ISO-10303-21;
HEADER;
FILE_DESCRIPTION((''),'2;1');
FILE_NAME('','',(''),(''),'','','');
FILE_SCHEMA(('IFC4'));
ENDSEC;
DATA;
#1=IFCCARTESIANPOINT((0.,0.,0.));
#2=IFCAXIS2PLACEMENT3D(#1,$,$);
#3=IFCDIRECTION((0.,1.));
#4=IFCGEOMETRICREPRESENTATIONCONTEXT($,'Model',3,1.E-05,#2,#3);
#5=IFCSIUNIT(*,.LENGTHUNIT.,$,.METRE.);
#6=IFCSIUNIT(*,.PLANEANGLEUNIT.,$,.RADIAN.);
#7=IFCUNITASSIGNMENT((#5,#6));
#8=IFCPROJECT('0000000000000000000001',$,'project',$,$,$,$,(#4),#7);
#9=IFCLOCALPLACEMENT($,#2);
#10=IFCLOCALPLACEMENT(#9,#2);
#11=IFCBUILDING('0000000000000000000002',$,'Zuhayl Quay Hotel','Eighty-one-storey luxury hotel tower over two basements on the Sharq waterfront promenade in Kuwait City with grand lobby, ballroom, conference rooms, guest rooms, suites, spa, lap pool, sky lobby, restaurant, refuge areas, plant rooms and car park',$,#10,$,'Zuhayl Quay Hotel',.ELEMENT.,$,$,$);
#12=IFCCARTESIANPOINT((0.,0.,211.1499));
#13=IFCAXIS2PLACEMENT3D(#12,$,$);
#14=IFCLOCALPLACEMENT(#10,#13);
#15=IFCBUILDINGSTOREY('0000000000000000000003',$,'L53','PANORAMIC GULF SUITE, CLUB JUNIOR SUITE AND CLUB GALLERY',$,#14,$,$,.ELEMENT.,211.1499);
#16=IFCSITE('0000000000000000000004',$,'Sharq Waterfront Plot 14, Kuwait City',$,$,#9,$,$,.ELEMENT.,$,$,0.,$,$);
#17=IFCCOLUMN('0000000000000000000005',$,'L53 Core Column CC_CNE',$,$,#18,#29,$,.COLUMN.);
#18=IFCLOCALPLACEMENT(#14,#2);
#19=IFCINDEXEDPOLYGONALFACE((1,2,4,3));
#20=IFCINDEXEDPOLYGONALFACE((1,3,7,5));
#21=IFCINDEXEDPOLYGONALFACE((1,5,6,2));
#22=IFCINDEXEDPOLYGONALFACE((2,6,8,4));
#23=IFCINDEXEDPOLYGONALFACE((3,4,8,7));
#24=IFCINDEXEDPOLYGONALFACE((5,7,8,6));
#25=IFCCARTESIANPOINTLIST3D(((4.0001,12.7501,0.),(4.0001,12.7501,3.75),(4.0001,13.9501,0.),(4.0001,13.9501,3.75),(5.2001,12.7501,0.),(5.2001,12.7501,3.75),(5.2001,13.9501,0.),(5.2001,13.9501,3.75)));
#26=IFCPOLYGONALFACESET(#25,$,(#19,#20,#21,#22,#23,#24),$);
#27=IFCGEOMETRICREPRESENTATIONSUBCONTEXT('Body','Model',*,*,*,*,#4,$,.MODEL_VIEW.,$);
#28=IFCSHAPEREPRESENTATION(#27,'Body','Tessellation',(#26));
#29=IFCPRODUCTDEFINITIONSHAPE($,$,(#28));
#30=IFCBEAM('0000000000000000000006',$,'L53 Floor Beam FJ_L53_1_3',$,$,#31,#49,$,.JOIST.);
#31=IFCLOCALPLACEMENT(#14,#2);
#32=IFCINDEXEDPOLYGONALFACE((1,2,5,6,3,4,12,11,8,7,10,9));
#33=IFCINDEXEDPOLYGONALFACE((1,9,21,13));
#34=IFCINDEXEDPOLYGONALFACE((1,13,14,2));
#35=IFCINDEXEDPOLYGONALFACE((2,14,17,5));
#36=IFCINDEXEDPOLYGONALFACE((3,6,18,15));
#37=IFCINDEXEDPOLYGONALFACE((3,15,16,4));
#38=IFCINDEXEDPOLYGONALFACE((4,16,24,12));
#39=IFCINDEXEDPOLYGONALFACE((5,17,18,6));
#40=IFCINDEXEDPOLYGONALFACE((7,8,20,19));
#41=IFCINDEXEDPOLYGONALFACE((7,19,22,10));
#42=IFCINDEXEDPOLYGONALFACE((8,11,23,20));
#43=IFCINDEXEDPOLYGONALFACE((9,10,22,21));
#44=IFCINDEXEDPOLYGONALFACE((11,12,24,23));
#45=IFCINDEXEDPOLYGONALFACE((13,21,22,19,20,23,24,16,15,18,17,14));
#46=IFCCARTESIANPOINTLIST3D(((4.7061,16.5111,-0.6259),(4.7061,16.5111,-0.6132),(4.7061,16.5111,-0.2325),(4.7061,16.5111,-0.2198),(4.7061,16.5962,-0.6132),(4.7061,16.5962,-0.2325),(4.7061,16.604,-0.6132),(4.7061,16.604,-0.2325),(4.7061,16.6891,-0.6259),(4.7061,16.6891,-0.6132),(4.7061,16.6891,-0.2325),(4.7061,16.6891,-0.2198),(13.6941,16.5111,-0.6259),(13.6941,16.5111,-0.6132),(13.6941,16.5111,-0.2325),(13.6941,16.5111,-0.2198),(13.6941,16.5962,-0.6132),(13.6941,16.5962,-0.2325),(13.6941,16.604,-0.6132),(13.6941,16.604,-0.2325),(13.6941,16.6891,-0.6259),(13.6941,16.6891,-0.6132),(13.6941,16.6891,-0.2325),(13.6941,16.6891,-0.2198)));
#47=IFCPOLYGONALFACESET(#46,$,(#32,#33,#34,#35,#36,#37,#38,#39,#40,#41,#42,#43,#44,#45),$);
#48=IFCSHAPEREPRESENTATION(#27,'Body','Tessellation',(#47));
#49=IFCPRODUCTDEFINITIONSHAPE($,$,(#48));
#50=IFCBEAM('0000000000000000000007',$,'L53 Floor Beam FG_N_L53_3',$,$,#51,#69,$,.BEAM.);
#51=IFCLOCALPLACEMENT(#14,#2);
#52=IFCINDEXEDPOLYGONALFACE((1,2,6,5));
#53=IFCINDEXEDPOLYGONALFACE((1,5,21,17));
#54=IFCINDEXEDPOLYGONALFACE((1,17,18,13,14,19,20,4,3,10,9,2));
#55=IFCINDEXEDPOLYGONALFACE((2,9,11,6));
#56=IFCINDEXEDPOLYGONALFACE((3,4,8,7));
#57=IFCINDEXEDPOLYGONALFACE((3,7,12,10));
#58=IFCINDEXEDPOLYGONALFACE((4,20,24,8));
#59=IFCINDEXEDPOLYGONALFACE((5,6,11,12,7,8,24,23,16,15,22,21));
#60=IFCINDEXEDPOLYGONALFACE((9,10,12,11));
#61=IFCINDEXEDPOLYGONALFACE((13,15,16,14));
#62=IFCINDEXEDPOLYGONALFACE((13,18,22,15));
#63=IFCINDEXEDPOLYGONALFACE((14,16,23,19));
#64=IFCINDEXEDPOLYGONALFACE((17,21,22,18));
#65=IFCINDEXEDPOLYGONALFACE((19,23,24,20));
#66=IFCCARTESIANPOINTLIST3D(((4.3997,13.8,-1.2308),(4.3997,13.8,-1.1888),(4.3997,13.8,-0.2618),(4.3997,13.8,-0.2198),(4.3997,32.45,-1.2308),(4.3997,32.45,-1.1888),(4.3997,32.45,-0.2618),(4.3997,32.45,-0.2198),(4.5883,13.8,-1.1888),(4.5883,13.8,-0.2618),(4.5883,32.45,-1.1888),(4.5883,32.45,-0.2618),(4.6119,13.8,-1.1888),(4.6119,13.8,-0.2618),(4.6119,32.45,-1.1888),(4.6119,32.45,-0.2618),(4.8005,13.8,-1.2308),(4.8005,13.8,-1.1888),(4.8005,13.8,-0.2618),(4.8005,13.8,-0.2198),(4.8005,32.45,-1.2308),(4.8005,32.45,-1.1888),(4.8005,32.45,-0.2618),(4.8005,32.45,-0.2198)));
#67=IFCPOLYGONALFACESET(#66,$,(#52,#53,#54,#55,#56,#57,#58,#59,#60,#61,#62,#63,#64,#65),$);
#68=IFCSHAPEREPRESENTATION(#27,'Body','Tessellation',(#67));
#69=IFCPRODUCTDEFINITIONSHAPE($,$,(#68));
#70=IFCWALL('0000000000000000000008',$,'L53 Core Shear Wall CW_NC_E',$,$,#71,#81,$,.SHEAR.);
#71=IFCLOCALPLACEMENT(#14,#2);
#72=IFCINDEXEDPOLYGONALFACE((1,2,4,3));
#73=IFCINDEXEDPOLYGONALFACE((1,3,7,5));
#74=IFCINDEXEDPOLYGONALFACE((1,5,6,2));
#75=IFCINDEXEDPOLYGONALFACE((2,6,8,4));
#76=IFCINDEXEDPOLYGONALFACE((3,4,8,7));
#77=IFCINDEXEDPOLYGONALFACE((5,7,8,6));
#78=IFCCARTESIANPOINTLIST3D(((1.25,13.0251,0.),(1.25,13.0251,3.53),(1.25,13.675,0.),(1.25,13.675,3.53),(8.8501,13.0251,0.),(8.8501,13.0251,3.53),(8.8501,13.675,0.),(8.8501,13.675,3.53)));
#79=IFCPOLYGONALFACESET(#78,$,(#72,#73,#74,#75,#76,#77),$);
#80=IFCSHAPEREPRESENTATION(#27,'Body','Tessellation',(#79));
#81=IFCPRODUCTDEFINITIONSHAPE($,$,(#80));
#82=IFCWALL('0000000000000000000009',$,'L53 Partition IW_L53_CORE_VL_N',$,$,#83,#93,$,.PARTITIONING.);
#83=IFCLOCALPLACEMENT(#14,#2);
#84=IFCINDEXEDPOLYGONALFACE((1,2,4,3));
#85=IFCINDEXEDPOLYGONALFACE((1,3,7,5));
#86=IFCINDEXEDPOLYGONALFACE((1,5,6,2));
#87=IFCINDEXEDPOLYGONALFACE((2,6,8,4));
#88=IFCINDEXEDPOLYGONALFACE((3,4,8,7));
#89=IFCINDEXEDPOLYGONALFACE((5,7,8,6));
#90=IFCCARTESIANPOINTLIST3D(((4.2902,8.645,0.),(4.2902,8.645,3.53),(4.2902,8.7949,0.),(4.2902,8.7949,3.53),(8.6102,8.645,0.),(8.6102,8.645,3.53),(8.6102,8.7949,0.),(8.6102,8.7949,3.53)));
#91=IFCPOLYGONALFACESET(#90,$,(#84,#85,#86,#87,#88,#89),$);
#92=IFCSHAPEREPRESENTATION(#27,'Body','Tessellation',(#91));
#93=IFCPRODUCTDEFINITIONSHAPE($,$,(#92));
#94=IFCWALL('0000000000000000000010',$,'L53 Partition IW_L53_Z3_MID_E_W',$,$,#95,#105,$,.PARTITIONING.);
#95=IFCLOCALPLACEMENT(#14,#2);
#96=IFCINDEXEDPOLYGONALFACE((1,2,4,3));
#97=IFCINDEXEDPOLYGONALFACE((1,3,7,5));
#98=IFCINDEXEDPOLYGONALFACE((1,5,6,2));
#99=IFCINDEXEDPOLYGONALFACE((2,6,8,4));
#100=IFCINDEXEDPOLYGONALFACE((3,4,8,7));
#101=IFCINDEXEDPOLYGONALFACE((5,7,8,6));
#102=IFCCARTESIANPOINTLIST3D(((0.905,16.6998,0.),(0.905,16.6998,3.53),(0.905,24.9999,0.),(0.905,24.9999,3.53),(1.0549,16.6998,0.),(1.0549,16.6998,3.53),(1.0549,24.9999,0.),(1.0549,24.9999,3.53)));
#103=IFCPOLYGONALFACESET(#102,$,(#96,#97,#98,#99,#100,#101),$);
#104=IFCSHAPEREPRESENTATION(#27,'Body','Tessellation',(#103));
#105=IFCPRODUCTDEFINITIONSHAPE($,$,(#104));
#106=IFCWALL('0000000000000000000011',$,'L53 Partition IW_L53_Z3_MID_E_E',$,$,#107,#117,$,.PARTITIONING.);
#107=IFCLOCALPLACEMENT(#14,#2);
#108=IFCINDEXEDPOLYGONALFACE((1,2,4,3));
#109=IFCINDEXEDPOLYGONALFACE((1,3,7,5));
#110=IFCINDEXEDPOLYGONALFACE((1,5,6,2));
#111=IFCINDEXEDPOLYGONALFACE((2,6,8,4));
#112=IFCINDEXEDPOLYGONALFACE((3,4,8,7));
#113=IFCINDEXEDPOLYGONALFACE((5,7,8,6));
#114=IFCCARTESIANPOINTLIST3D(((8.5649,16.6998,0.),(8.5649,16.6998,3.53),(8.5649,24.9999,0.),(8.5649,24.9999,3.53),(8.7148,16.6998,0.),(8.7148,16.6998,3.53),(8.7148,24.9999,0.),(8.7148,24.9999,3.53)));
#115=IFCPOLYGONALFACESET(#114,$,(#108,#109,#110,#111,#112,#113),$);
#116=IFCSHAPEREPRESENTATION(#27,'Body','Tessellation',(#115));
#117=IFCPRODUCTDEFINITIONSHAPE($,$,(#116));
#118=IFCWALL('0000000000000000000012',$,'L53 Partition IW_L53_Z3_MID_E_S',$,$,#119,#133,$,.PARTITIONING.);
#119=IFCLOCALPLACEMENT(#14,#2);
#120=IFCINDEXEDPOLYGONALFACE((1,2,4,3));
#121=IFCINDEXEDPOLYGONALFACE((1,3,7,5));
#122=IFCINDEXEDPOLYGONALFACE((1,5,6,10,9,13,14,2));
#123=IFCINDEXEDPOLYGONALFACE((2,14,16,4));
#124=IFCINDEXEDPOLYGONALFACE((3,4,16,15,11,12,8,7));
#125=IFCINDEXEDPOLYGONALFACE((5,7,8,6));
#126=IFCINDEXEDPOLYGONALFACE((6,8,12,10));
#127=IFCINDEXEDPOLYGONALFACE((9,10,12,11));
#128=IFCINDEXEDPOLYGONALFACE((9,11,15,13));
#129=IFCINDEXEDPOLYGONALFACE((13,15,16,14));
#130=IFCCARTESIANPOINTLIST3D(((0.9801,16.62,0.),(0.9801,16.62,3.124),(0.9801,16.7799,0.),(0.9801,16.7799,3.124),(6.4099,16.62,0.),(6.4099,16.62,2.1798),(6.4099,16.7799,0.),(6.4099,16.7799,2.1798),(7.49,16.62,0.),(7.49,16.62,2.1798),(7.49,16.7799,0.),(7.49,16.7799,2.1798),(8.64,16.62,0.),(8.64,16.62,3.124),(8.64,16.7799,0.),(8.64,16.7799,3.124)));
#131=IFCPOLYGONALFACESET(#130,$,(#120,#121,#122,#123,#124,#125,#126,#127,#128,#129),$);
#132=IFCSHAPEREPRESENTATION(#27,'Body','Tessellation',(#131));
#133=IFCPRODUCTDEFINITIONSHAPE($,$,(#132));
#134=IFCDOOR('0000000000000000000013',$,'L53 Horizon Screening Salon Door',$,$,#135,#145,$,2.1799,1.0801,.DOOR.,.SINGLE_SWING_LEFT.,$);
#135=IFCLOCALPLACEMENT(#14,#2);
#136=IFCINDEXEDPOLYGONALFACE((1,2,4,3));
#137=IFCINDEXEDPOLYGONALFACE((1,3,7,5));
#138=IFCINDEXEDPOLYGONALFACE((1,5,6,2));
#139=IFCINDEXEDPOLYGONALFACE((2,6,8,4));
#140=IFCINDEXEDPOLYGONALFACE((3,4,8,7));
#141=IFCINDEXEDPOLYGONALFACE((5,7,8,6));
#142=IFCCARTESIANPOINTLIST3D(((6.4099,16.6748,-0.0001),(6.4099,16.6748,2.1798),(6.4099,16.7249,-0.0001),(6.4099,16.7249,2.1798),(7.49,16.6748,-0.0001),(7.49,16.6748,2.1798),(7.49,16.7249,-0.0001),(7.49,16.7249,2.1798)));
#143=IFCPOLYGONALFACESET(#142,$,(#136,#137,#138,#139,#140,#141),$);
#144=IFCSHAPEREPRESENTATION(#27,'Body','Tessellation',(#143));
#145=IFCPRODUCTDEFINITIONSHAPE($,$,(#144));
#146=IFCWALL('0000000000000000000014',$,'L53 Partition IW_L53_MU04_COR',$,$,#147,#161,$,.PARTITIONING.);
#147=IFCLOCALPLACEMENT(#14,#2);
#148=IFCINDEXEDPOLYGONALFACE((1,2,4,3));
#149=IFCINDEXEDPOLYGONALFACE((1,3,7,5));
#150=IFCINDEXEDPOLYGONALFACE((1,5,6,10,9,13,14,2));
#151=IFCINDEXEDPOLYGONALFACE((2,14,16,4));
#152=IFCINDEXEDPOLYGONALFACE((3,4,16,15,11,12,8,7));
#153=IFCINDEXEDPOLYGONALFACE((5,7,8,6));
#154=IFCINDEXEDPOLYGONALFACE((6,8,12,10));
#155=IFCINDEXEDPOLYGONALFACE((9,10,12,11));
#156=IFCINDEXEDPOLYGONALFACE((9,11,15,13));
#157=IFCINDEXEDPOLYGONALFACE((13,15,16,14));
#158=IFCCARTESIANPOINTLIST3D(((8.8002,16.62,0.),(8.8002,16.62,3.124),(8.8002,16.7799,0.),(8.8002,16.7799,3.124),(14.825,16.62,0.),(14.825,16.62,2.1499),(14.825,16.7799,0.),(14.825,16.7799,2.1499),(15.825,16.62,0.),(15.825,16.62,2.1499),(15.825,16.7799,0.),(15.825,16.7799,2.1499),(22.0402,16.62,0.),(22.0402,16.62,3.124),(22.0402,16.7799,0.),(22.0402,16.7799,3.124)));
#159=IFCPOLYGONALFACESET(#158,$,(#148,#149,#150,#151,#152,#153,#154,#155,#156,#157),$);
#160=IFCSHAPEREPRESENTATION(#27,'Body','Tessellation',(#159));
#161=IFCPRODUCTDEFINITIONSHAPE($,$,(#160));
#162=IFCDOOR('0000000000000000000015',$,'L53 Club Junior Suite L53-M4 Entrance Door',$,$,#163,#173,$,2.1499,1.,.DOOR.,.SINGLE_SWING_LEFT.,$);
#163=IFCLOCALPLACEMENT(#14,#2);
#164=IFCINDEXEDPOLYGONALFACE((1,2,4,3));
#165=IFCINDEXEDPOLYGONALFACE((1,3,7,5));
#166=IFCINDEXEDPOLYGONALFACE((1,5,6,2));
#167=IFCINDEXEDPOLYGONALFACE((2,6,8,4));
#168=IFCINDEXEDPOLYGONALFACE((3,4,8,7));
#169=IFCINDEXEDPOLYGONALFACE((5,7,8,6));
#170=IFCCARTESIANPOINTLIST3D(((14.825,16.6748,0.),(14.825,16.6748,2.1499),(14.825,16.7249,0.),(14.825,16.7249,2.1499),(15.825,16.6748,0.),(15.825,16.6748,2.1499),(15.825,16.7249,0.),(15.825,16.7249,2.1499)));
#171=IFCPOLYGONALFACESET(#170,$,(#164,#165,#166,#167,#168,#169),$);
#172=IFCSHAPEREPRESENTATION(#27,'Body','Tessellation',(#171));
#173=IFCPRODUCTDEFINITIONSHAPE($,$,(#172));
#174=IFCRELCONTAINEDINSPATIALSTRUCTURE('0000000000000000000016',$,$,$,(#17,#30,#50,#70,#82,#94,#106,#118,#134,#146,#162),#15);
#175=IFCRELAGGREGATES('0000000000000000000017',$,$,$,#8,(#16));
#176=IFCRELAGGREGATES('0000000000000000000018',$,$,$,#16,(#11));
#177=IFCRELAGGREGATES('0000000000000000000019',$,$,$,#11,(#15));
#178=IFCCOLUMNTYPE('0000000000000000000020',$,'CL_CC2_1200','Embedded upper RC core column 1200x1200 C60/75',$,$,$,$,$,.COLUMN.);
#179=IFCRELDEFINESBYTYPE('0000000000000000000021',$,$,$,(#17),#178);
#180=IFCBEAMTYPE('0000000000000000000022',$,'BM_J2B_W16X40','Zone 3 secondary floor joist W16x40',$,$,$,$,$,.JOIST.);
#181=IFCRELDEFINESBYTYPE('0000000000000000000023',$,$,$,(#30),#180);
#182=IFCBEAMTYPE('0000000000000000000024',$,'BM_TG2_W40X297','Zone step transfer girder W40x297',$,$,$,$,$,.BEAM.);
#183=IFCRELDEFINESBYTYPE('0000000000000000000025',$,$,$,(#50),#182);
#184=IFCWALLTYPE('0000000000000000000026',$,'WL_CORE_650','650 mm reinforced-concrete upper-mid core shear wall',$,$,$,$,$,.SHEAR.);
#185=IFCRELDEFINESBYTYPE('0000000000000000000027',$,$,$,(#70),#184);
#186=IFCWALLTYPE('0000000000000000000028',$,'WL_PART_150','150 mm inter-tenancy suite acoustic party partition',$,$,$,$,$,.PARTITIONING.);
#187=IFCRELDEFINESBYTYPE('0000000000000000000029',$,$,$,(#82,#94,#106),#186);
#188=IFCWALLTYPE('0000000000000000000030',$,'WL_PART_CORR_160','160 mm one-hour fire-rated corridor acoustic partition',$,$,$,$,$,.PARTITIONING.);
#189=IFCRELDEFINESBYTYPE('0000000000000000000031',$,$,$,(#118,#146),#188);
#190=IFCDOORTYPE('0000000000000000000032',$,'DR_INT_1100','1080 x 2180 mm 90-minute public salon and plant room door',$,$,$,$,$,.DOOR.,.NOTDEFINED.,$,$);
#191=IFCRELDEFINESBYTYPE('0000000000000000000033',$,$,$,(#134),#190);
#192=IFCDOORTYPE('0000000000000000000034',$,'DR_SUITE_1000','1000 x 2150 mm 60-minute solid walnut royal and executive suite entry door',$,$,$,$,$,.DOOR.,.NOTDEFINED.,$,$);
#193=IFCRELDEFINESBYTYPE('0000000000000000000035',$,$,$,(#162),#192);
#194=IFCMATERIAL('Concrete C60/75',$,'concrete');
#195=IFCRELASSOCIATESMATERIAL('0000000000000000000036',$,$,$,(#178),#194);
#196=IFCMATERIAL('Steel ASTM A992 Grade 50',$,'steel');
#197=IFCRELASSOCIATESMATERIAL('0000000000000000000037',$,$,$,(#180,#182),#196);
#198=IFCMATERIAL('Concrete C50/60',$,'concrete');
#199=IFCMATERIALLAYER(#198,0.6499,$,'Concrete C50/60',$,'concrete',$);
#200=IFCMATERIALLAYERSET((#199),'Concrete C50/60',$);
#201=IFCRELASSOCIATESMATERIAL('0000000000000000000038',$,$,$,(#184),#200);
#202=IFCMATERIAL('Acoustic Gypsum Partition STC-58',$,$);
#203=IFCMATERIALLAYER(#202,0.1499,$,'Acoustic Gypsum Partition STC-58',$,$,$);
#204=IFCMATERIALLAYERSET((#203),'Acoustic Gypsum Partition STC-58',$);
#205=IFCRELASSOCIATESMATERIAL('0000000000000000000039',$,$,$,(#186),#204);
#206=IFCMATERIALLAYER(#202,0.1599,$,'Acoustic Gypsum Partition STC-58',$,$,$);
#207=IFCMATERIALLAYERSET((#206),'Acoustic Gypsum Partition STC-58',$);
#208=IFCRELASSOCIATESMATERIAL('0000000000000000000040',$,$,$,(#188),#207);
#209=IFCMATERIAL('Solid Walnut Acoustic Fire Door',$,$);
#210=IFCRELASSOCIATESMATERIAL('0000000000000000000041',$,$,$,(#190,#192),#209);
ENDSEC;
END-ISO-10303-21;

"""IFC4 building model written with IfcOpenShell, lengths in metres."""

from ifc_helpers import new_model, si_unit, direction, frame, frame_2d, origin, origin_2d, place, context, subcontext, project, spatial, rectangle, i_section, extrude, material, layer, layer_set, material_profile, profile_set, type_object, element, fill, save


model = new_model("IFC4")

# Units and contexts
model_context = context("Model", 3, precision=1e-05, world=origin(), true_north=direction((0.0, 1.0)))
body_context = subcontext(model_context, "Body", "Model", "MODEL_VIEW")
ifc_project = project(units=[si_unit("LENGTHUNIT", "METRE"), si_unit("PLANEANGLEUNIT", "RADIAN")], contexts=[model_context])

# Site, building, storey
site_placement = place(None, origin())
site = spatial("IfcSite", under=ifc_project, at=site_placement, Name="Sharq Waterfront Plot 14, Kuwait City", CompositionType="ELEMENT", RefElevation=0.0)
building_placement = place(site_placement, origin())
building = spatial("IfcBuilding", under=site, at=building_placement, Name="Zuhayl Quay Hotel", Description="Eighty-one-storey luxury hotel tower over two basements on the Sharq waterfront promenade in Kuwait City with grand lobby, ballroom, conference rooms, guest rooms, suites, spa, lap pool, sky lobby, restaurant, refuge areas, plant rooms and car park", LongName="Zuhayl Quay Hotel", CompositionType="ELEMENT")
storey_placement = place(building_placement, frame((0.0, 0.0, 211.1499)))
storey = spatial("IfcBuildingStorey", under=building, at=storey_placement, Name="L53", Description="PANORAMIC GULF SUITE, CLUB JUNIOR SUITE AND CLUB GALLERY", CompositionType="ELEMENT", Elevation=211.1499)

# Column
ifc_material_1 = material(Name="Concrete C60/75", Category="concrete")
ifc_material_profile_1 = material_profile(ifc_material_1, rectangle(XDim=1.2, YDim=1.2, at=origin_2d()), Name="RC1200X1200")
ifc_profile_set_1 = profile_set([ifc_material_profile_1], Name="Concrete C60/75")
column_type = type_object("IfcColumnType", Name="CL_CC2_1200", Description="Embedded upper RC core column 1200x1200 C60/75", PredefinedType="COLUMN", material=ifc_profile_set_1)
column_placement = place(storey_placement, frame((4.6001, 13.3501, 0.0), z_axis=(0.0, 0.0, 1.0), x_axis=(1.0, 0.0, 0.0)))
element("IfcColumn", 1, at=column_placement, inside=storey, type_object=column_type, Name="L53 Core Column CC_CNE", PredefinedType="COLUMN", context=body_context, shape_type="SweptSolid", body=[
    extrude(rectangle(XDim=1.2, YDim=1.2, at=origin_2d()), origin(), (0.0, 0.0, 1.0), 3.75),
])

# Beams
ifc_material_2 = material(Name="Steel ASTM A992 Grade 50", Category="steel")
ifc_material_profile_2 = material_profile(ifc_material_2, i_section(OverallWidth=0.178, OverallDepth=0.406, WebThickness=0.0078, FlangeThickness=0.0127, at=origin_2d()), Name="W16X40")
ifc_profile_set_2 = profile_set([ifc_material_profile_2], Name="Steel ASTM A992 Grade 50")
beam_type_1 = type_object("IfcBeamType", Name="BM_J2B_W16X40", Description="Zone 3 secondary floor joist W16x40", PredefinedType="JOIST", material=ifc_profile_set_2)
beam_1_placement = place(storey_placement, frame((4.7061, 16.6001, -0.4229), z_axis=(1.0, 0.0, 0.0), x_axis=(0.0, 1.0, 0.0)))
element("IfcBeam", 2, at=beam_1_placement, inside=storey, type_object=beam_type_1, Name="L53 Floor Beam FJ_L53_1_3", PredefinedType="JOIST", context=body_context, shape_type="SweptSolid", body=[
    extrude(i_section(OverallWidth=0.178, OverallDepth=0.406, WebThickness=0.0078, FlangeThickness=0.0127, at=origin_2d()), origin(), (0.0, 0.0, 1.0), 8.988),
])
ifc_material_profile_3 = material_profile(ifc_material_2, i_section(OverallWidth=0.4009, OverallDepth=1.011, WebThickness=0.0237, FlangeThickness=0.042, at=origin_2d()), Name="W40X297")
ifc_profile_set_3 = profile_set([ifc_material_profile_3], Name="Steel ASTM A992 Grade 50")
beam_type_2 = type_object("IfcBeamType", Name="BM_TG2_W40X297", Description="Zone step transfer girder W40x297", PredefinedType="BEAM", material=ifc_profile_set_3)
beam_2_placement = place(storey_placement, frame((4.6001, 13.8, -0.7253), z_axis=(0.0, 1.0, 0.0), x_axis=(-1.0, 0.0, 0.0)))
element("IfcBeam", 3, at=beam_2_placement, inside=storey, type_object=beam_type_2, Name="L53 Floor Beam FG_N_L53_3", PredefinedType="BEAM", context=body_context, shape_type="SweptSolid", body=[
    extrude(i_section(OverallWidth=0.4009, OverallDepth=1.011, WebThickness=0.0237, FlangeThickness=0.042, at=origin_2d()), origin(), (0.0, 0.0, 1.0), 18.6499),
])

# Walls
ifc_material_3 = material(Name="Concrete C50/60", Category="concrete")
ifc_layer_1 = layer(ifc_material_3, 0.6499, Name="Concrete C50/60", Category="concrete")
ifc_layer_set_1 = layer_set([ifc_layer_1], Name="Concrete C50/60")
wall_type_1 = type_object("IfcWallType", Name="WL_CORE_650", Description="650 mm reinforced-concrete upper-mid core shear wall", PredefinedType="SHEAR", material=ifc_layer_set_1)
wall_1_placement = place(storey_placement, frame((1.25, 13.3501, 0.0), z_axis=(0.0, 0.0, 1.0), x_axis=(1.0, 0.0, 0.0)))
element("IfcWall", 4, at=wall_1_placement, inside=storey, type_object=wall_type_1, Name="L53 Core Shear Wall CW_NC_E", PredefinedType="SHEAR", context=body_context, shape_type="SweptSolid", body=[
    extrude(rectangle(XDim=7.6001, YDim=0.6499, at=frame_2d((3.8, 0.0))), origin(), (0.0, 0.0, 1.0), 3.53),
])
ifc_material_4 = material(Name="Acoustic Gypsum Partition STC-58")
ifc_layer_2 = layer(ifc_material_4, 0.1499, Name="Acoustic Gypsum Partition STC-58")
ifc_layer_set_2 = layer_set([ifc_layer_2], Name="Acoustic Gypsum Partition STC-58")
wall_type_2 = type_object("IfcWallType", Name="WL_PART_150", Description="150 mm inter-tenancy suite acoustic party partition", PredefinedType="PARTITIONING", material=ifc_layer_set_2)
wall_2_placement = place(storey_placement, frame((4.29, 8.72, 0.0), z_axis=(0.0, 0.0, 1.0), x_axis=(1.0, 0.0, 0.0)))
element("IfcWall", 5, at=wall_2_placement, inside=storey, type_object=wall_type_2, Name="L53 Partition IW_L53_CORE_VL_N", PredefinedType="PARTITIONING", context=body_context, shape_type="SweptSolid", body=[
    extrude(rectangle(XDim=4.3201, YDim=0.1499, at=frame_2d((2.1602, 0.0))), origin(), (0.0, 0.0, 1.0), 3.53),
])
for number, where, z_axis, x_axis, name in (
    (6, (0.98, 16.7, 0.0), (0.0, 0.0, 1.0), (0.0, 1.0, 0.0), "L53 Partition IW_L53_Z3_MID_E_W"),
    (7, (8.6399, 16.7, 0.0), (0.0, 0.0, 1.0), (0.0, 1.0, 0.0), "L53 Partition IW_L53_Z3_MID_E_E"),
):
    element("IfcWall", number, at=place(storey_placement, frame(where, z_axis=z_axis, x_axis=x_axis)), inside=storey, type_object=wall_type_2, Name=name, PredefinedType="PARTITIONING", context=body_context, shape_type="SweptSolid", body=[
        extrude(rectangle(XDim=8.3, YDim=0.1499, at=frame_2d((4.1499, 0.0))), origin(), (0.0, 0.0, 1.0), 3.53),
    ])

# Walls, openings, doors
ifc_layer_3 = layer(ifc_material_4, 0.1599, Name="Acoustic Gypsum Partition STC-58")
ifc_layer_set_3 = layer_set([ifc_layer_3], Name="Acoustic Gypsum Partition STC-58")
wall_type_3 = type_object("IfcWallType", Name="WL_PART_CORR_160", Description="160 mm one-hour fire-rated corridor acoustic partition", PredefinedType="PARTITIONING", material=ifc_layer_set_3)
wall_3_placement = place(storey_placement, frame((0.98, 16.7, 0.0), z_axis=(0.0, 0.0, 1.0), x_axis=(1.0, 0.0, 0.0)))
wall_3 = element("IfcWall", 8, at=wall_3_placement, inside=storey, type_object=wall_type_3, Name="L53 Partition IW_L53_Z3_MID_E_S", PredefinedType="PARTITIONING", context=body_context, shape_type="SweptSolid", body=[
    extrude(rectangle(XDim=7.6599, YDim=0.1599, at=frame_2d((3.8301, 0.0))), origin(), (0.0, 0.0, 1.0), 3.124),
])
opening_1_placement = place(wall_3_placement, frame((5.4299, 0.0, 0.0)))
opening_1 = element("IfcOpeningElement", 9, at=opening_1_placement, cuts=wall_3, PredefinedType="OPENING", context=body_context, shape_type="SweptSolid", body=[
    extrude(rectangle(XDim=1.0801, YDim=2.1799, at=frame_2d((0.54, 1.0898))), frame((0.0, 0.0898, 0.0), z_axis=(0.0, -1.0, 0.0), x_axis=(1.0, 0.0, 0.0)), (0.0, 0.0, 1.0), 0.1799),
])
ifc_material_5 = material(Name="Solid Walnut Acoustic Fire Door")
door_type_1 = type_object("IfcDoorType", Name="DR_INT_1100", Description="1080 x 2180 mm 90-minute public salon and plant room door", OperationType="NOTDEFINED", PredefinedType="DOOR", material=ifc_material_5)
door_1_placement = place(opening_1_placement, origin())
door_1 = element("IfcDoor", 10, at=door_1_placement, inside=storey, type_object=door_type_1, Name="L53 Horizon Screening Salon Door", OperationType="SINGLE_SWING_LEFT", OverallHeight=2.1799, OverallWidth=1.0801, PredefinedType="DOOR", context=body_context, shape_type="SweptSolid", body=[
    extrude(rectangle(XDim=1.0801, YDim=2.1799, at=frame_2d((0.54, 1.0898))), frame((0.0, 0.0249, 0.0), z_axis=(0.0, -1.0, 0.0), x_axis=(1.0, 0.0, 0.0)), (0.0, 0.0, 1.0), 0.05),
])
fill(opening_1, door_1)
wall_4_placement = place(storey_placement, frame((8.8, 16.7, 0.0), z_axis=(0.0, 0.0, 1.0), x_axis=(1.0, 0.0, 0.0)))
wall_4 = element("IfcWall", 11, at=wall_4_placement, inside=storey, type_object=wall_type_3, Name="L53 Partition IW_L53_MU04_COR", PredefinedType="PARTITIONING", context=body_context, shape_type="SweptSolid", body=[
    extrude(rectangle(XDim=13.24, YDim=0.1599, at=frame_2d((6.6201, 0.0))), origin(), (0.0, 0.0, 1.0), 3.124),
])
opening_2_placement = place(wall_4_placement, frame((6.0249, 0.0, 0.0)))
opening_2 = element("IfcOpeningElement", 12, at=opening_2_placement, cuts=wall_4, PredefinedType="OPENING", context=body_context, shape_type="SweptSolid", body=[
    extrude(rectangle(XDim=1.0, YDim=2.1499, at=frame_2d((0.5, 1.075))), frame((0.0, 0.0898, 0.0), z_axis=(0.0, -1.0, 0.0), x_axis=(1.0, 0.0, 0.0)), (0.0, 0.0, 1.0), 0.1799),
])
door_type_2 = type_object("IfcDoorType", Name="DR_SUITE_1000", Description="1000 x 2150 mm 60-minute solid walnut royal and executive suite entry door", OperationType="NOTDEFINED", PredefinedType="DOOR", material=ifc_material_5)
door_2_placement = place(opening_2_placement, origin())
door_2 = element("IfcDoor", 13, at=door_2_placement, inside=storey, type_object=door_type_2, Name="L53 Club Junior Suite L53-M4 Entrance Door", OperationType="SINGLE_SWING_LEFT", OverallHeight=2.1499, OverallWidth=1.0, PredefinedType="DOOR", context=body_context, shape_type="SweptSolid", body=[
    extrude(rectangle(XDim=1.0, YDim=2.1499, at=frame_2d((0.5, 1.075))), frame((0.0, 0.0249, 0.0), z_axis=(0.0, -1.0, 0.0), x_axis=(1.0, 0.0, 0.0)), (0.0, 0.0, 1.0), 0.05),
])
fill(opening_2, door_2)

save(model, "model.ifc")
